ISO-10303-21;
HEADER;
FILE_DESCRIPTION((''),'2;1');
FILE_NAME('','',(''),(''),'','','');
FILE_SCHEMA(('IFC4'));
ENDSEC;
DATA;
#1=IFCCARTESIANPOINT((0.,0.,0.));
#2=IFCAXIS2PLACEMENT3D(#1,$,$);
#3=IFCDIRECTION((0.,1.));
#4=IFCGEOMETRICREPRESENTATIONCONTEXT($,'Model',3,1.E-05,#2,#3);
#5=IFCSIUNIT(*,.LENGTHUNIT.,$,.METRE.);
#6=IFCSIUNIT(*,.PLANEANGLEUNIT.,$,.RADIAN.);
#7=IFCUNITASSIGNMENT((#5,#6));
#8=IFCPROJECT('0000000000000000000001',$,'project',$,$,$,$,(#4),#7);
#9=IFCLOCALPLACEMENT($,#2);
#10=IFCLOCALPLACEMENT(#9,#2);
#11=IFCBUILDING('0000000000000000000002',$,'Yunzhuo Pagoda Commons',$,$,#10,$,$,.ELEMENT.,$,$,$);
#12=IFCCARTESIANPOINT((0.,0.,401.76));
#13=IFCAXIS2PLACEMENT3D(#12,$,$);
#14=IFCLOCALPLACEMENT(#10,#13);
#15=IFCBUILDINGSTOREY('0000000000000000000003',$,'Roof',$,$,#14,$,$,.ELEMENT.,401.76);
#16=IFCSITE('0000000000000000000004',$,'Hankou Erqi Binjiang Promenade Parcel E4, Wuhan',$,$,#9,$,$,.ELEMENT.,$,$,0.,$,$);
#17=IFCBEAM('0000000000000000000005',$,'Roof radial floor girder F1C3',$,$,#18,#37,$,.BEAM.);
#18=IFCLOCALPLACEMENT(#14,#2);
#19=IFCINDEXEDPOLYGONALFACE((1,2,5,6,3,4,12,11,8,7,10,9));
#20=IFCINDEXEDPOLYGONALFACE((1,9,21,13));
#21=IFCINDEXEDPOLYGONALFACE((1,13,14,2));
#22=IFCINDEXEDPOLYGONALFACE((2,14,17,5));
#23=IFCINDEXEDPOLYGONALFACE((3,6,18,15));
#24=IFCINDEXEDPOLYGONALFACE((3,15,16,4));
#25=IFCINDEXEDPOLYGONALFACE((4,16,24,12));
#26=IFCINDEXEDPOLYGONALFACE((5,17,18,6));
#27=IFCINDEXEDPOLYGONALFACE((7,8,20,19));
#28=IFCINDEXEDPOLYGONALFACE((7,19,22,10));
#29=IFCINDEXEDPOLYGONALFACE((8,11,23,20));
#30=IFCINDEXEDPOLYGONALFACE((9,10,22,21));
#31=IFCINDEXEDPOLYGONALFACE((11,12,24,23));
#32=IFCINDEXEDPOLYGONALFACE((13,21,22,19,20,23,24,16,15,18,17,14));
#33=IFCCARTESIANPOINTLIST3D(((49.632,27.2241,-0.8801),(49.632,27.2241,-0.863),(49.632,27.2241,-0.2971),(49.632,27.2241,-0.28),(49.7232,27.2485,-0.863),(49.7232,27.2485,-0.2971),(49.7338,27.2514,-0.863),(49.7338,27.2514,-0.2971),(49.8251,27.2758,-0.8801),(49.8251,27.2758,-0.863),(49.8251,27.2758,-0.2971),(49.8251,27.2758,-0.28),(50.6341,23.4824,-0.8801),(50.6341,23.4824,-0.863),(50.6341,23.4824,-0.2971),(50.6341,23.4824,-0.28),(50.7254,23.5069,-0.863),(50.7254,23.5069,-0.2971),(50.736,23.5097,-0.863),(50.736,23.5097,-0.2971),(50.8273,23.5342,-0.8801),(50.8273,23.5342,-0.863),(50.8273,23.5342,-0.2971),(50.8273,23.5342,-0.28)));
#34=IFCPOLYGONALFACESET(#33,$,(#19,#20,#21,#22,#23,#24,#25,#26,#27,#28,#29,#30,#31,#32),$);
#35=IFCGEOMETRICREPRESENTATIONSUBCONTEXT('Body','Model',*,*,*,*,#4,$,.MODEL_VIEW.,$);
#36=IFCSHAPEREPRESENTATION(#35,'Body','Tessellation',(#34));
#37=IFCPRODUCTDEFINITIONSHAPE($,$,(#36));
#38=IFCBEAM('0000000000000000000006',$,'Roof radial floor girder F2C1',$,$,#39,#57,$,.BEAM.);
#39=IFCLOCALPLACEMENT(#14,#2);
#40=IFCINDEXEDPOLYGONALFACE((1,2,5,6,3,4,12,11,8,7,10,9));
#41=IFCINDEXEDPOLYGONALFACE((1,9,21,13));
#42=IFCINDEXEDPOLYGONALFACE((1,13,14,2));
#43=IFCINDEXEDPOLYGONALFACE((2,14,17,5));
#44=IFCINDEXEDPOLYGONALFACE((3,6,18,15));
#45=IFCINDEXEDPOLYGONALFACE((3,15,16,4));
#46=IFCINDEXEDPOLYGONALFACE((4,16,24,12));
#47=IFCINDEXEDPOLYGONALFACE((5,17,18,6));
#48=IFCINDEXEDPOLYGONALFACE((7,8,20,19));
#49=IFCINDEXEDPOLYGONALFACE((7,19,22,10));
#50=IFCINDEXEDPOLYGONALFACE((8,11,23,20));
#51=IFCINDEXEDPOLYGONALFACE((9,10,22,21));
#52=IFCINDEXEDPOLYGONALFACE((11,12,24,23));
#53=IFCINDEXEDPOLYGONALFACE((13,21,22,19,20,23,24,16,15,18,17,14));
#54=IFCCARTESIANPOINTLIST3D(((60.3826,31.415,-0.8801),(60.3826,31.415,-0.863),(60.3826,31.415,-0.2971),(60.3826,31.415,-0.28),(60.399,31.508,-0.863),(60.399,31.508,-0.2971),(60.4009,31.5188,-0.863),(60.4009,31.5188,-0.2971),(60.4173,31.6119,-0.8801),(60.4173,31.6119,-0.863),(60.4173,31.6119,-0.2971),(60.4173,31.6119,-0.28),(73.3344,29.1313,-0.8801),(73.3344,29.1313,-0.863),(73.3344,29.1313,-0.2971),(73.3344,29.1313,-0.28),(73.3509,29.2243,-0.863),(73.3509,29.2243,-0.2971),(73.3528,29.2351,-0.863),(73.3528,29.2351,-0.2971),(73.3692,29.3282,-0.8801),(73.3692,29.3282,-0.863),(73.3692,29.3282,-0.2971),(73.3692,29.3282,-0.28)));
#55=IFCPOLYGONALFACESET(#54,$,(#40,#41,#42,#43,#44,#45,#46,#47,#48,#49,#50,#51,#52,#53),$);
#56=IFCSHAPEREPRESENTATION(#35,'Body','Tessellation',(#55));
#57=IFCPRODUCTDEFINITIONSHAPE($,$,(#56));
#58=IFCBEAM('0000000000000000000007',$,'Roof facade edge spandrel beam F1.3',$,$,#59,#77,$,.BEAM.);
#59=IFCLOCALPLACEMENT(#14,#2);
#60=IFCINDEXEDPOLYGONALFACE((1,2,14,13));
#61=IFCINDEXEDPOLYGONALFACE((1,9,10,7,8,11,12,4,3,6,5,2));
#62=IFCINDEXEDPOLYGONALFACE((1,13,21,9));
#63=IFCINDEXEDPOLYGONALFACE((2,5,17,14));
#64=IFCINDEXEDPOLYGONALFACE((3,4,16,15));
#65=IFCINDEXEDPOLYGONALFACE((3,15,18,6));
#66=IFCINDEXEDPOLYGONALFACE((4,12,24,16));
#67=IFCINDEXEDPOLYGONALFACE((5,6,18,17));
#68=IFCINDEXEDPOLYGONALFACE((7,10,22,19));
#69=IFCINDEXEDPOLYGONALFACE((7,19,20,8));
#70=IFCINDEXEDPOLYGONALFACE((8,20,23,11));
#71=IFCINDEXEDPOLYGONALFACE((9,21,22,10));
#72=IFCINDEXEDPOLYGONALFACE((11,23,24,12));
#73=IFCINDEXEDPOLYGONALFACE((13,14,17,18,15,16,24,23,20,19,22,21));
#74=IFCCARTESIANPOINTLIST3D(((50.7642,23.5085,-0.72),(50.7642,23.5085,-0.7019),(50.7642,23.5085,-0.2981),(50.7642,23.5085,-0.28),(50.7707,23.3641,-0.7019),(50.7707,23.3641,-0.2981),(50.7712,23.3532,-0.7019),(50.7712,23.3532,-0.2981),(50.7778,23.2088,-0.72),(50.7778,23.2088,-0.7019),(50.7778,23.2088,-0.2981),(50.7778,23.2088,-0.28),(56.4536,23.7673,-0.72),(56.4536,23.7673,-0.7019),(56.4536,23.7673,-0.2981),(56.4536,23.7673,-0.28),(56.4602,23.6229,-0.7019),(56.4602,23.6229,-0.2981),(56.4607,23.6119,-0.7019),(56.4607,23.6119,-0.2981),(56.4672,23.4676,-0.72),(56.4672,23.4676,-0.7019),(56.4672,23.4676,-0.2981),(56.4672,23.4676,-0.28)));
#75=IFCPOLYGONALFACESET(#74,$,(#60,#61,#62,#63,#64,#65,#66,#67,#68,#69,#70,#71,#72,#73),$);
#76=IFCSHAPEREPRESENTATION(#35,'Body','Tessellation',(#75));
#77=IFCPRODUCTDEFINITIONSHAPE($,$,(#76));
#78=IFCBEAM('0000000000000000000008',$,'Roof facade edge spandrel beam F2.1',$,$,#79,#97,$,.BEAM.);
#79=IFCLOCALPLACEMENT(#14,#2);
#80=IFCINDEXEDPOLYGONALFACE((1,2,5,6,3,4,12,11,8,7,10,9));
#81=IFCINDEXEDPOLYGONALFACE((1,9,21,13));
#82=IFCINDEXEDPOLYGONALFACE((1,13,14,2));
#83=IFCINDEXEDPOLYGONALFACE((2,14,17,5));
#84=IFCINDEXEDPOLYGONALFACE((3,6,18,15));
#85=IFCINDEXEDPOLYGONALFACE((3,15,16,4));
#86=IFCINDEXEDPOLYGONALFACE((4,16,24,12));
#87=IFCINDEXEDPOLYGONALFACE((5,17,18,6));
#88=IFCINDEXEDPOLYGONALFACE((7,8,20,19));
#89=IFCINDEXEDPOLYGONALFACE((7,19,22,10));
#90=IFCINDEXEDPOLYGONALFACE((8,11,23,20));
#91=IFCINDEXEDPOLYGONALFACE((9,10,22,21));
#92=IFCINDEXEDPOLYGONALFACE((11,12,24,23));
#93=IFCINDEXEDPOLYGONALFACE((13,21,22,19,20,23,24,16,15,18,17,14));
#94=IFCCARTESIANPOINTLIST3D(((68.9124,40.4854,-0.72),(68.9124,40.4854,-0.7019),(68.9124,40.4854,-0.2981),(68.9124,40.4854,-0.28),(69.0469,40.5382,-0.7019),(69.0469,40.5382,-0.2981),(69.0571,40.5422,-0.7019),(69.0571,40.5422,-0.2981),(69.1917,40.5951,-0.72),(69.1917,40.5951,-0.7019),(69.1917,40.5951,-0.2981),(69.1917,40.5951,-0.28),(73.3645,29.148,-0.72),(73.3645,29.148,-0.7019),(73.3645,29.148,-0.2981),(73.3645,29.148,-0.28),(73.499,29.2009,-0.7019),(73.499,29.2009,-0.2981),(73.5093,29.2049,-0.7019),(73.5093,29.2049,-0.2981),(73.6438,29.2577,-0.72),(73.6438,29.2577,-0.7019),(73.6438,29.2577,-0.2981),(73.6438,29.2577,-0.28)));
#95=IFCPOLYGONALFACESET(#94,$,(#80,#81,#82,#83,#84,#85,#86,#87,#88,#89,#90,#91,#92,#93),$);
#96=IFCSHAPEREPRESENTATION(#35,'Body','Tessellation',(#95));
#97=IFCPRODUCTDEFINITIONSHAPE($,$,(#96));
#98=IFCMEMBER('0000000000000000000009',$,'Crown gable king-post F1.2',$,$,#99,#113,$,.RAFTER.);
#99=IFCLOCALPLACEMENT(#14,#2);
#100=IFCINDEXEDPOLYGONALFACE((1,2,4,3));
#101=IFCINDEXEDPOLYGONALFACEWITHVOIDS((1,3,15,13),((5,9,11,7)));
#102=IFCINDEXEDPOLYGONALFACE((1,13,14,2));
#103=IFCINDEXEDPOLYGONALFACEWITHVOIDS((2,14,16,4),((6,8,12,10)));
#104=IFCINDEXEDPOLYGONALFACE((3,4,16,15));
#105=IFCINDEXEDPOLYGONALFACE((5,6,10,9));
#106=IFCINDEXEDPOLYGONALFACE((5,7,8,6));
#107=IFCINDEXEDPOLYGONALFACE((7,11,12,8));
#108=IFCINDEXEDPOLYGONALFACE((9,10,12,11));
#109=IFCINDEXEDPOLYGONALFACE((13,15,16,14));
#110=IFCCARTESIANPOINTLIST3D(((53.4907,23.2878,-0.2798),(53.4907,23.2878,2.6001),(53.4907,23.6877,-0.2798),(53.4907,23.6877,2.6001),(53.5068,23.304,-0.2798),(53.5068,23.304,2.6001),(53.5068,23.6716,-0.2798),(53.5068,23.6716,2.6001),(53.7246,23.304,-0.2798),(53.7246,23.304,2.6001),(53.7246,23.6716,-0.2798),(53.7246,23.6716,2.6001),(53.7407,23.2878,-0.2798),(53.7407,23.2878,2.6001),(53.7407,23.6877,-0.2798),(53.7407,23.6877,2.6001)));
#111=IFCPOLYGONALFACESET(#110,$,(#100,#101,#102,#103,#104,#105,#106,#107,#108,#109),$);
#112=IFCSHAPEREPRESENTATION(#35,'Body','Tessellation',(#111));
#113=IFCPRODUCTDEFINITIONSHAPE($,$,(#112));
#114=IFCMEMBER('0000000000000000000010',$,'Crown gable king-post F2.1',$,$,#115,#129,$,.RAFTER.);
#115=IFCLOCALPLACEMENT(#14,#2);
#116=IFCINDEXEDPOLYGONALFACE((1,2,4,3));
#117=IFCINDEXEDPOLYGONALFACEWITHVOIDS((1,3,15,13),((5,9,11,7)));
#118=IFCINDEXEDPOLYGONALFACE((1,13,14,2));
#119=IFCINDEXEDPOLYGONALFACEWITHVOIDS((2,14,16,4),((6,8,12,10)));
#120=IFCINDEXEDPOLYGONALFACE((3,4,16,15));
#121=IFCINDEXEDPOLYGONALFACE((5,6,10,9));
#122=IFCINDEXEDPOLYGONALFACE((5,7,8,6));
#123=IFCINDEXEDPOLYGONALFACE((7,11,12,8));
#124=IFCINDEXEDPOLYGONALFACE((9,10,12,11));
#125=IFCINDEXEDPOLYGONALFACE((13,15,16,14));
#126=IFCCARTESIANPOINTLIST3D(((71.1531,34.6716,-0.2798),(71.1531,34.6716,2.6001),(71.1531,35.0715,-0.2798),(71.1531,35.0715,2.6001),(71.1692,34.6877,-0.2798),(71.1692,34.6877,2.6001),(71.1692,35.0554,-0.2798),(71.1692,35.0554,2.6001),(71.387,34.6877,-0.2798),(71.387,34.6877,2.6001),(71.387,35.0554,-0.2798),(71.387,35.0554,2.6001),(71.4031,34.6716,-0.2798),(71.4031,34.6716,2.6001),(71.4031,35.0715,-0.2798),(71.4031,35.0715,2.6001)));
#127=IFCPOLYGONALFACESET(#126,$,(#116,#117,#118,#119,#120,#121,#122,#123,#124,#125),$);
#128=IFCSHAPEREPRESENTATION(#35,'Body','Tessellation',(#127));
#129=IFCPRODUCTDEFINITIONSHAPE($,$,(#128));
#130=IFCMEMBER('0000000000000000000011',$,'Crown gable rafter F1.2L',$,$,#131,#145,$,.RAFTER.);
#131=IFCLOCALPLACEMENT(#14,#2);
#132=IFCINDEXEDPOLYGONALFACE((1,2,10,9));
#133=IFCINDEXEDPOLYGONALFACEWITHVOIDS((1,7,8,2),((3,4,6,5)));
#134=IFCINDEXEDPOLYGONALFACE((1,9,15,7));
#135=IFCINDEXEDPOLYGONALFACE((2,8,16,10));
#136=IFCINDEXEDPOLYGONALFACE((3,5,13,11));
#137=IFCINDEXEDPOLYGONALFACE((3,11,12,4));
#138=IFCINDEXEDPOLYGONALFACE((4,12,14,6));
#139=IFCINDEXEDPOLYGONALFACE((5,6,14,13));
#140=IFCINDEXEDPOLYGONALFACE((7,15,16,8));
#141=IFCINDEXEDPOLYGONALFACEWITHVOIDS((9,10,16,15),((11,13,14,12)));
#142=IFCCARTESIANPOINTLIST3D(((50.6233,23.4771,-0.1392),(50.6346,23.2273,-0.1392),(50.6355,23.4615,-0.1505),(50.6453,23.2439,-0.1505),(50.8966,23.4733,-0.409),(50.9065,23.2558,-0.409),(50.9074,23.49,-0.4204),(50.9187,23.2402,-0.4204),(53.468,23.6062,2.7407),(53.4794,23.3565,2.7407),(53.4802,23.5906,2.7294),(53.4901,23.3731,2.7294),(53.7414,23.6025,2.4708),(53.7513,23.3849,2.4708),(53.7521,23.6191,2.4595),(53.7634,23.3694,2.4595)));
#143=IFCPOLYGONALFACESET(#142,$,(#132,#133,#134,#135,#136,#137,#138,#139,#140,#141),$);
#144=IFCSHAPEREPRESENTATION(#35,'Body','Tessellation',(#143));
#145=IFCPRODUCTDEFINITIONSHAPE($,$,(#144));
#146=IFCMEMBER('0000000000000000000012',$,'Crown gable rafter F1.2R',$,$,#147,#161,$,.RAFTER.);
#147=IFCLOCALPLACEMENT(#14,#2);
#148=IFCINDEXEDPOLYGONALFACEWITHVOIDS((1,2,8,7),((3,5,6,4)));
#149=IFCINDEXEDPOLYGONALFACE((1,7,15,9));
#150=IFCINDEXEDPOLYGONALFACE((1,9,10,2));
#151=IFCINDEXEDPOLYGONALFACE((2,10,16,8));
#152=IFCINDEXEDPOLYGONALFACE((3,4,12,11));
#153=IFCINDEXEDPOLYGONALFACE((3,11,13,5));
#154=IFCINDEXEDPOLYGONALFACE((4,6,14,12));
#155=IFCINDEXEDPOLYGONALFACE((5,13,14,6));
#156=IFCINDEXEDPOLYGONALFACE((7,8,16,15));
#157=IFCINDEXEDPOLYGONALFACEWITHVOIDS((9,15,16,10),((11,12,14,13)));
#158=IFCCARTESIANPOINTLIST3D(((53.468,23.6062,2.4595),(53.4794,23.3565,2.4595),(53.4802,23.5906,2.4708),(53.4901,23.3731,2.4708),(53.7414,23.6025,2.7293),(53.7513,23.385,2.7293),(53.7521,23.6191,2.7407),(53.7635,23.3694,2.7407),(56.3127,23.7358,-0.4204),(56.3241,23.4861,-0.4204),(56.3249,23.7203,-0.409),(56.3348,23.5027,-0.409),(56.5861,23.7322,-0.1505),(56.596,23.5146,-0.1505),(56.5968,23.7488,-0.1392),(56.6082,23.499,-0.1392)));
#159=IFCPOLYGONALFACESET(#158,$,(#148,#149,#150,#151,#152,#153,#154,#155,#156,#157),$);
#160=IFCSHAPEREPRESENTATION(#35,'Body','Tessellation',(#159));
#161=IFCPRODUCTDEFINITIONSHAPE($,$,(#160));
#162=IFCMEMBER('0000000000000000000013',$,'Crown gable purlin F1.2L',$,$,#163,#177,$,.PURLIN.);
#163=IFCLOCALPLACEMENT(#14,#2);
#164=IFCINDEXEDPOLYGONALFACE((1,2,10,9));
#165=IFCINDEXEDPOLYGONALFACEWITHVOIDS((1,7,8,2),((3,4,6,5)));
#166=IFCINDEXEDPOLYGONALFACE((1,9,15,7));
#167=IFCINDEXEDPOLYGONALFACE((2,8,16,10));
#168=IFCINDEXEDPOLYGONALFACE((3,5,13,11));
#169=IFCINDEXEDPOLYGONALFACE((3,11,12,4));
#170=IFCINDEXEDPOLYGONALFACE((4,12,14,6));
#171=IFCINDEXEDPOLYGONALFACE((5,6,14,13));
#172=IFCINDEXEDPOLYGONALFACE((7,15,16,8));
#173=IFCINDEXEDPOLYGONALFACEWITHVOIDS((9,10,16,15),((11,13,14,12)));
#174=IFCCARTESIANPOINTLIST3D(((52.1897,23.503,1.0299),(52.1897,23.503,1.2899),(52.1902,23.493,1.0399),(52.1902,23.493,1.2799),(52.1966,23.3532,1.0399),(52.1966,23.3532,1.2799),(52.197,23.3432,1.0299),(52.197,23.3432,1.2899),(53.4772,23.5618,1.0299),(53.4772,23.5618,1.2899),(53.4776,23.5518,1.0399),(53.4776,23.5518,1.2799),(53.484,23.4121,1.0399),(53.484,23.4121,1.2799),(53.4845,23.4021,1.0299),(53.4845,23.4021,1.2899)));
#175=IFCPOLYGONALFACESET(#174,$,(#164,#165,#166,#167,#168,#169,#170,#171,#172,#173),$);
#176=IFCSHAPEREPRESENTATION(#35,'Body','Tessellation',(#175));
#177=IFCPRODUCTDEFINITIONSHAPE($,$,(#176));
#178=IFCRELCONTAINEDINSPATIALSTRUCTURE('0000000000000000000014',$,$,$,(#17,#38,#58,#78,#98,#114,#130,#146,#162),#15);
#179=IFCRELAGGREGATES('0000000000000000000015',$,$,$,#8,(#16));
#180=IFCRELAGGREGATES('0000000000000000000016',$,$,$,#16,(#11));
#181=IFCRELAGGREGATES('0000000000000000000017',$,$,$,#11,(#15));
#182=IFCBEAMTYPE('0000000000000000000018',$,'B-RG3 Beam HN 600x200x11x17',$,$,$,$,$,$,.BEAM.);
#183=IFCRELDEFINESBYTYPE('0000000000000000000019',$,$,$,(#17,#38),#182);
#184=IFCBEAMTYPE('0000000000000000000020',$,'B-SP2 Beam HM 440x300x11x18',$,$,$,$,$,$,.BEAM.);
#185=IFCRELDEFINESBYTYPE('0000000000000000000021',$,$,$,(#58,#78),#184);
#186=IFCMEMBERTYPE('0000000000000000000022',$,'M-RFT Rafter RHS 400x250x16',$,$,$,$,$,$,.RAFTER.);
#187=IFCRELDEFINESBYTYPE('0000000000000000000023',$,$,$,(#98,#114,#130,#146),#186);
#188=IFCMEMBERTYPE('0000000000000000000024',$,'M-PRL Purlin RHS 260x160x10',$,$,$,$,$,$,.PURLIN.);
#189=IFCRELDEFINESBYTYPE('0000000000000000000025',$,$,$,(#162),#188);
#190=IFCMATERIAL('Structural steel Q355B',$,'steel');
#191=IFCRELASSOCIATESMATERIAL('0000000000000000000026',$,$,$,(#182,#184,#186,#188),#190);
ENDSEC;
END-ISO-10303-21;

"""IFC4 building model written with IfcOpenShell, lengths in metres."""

from ifc_helpers import new_model, si_unit, direction, frame, origin, origin_2d, place, context, subcontext, project, spatial, hollow_rectangle, i_section, extrude, source, transform, mapped, material, material_profile, profile_set, type_object, element, save


model = new_model("IFC4")

# Units and contexts
model_context = context("Model", 3, precision=1e-05, world=origin(), true_north=direction((0.0, 1.0)))
body_context = subcontext(model_context, "Body", "Model", "MODEL_VIEW")
ifc_project = project(units=[si_unit("LENGTHUNIT", "METRE"), si_unit("PLANEANGLEUNIT", "RADIAN")], contexts=[model_context])

# Site, building, storey
site_placement = place(None, origin())
site = spatial("IfcSite", under=ifc_project, at=site_placement, Name="Hankou Erqi Binjiang Promenade Parcel E4, Wuhan", CompositionType="ELEMENT", RefElevation=0.0)
building_placement = place(site_placement, origin())
building = spatial("IfcBuilding", under=site, at=building_placement, Name="Yunzhuo Pagoda Commons", CompositionType="ELEMENT")
storey_placement = place(building_placement, frame((0.0, 0.0, 401.76)))
storey = spatial("IfcBuildingStorey", under=building, at=storey_placement, Name="Roof", CompositionType="ELEMENT", Elevation=401.76)

# Beams
ifc_material_1 = material(Name="Structural steel Q355B", Category="steel")
ifc_material_profile_1 = material_profile(ifc_material_1, i_section(OverallWidth=0.2, OverallDepth=0.6001, WebThickness=0.011, FlangeThickness=0.0171, at=origin_2d()), Name="Structural steel Q355B")
ifc_profile_set_1 = profile_set([ifc_material_profile_1], Name="Structural steel Q355B")
beam_type_1 = type_object("IfcBeamType", Name="B-RG3 Beam HN 600x200x11x17", PredefinedType="BEAM", material=ifc_profile_set_1)
shared_shape_1 = source(origin(), body_context, "Body", "SweptSolid", [
    extrude(i_section(OverallWidth=0.2, OverallDepth=0.6001, WebThickness=0.011, FlangeThickness=0.0171, at=origin_2d()), origin(), (0.0, 0.0, 1.0), 3.8735),
])
beam_1_placement = place(storey_placement, frame((50.7307, 23.5083, -0.5801), z_axis=(-0.258726, 0.965951, 0.0), x_axis=(-0.965951, -0.258726, 0.0)))
element("IfcBeam", 1, at=beam_1_placement, inside=storey, type_object=beam_type_1, Name="Roof radial floor girder F1C3", PredefinedType="BEAM", context=body_context, shape_type="MappedRepresentation", body=[
    mapped(shared_shape_1, transform((0.0, 0.0, 0.0), scale=1.0)),
])
shared_shape_2 = source(origin(), body_context, "Body", "SweptSolid", [
    extrude(i_section(OverallWidth=0.2, OverallDepth=0.6001, WebThickness=0.011, FlangeThickness=0.0171, at=origin_2d()), origin(), (0.0, 0.0, 1.0), 13.1516),
])
beam_2_placement = place(storey_placement, frame((73.3518, 29.2297, -0.5801), z_axis=(-0.984809, 0.173642, 0.0), x_axis=(-0.173642, -0.984809, 0.0)))
element("IfcBeam", 2, at=beam_2_placement, inside=storey, type_object=beam_type_1, Name="Roof radial floor girder F2C1", PredefinedType="BEAM", context=body_context, shape_type="MappedRepresentation", body=[
    mapped(shared_shape_2, transform((0.0, 0.0, 0.0), scale=1.0)),
])
ifc_material_profile_2 = material_profile(ifc_material_1, i_section(OverallWidth=0.3, OverallDepth=0.4399, WebThickness=0.011, FlangeThickness=0.0181, at=origin_2d()), Name="Structural steel Q355B")
ifc_profile_set_2 = profile_set([ifc_material_profile_2], Name="Structural steel Q355B")
beam_type_2 = type_object("IfcBeamType", Name="B-SP2 Beam HM 440x300x11x18", PredefinedType="BEAM", material=ifc_profile_set_2)
shared_shape_3 = source(origin(), body_context, "Body", "SweptSolid", [
    extrude(i_section(OverallWidth=0.3, OverallDepth=0.4399, WebThickness=0.011, FlangeThickness=0.0181, at=origin_2d()), origin(), (0.0, 0.0, 1.0), 5.6953),
])
beam_3_placement = place(storey_placement, frame((50.771, 23.3586, -0.5), z_axis=(0.998967, 0.045439, 0.0), x_axis=(-0.045439, 0.998967, 0.0)))
element("IfcBeam", 3, at=beam_3_placement, inside=storey, type_object=beam_type_2, Name="Roof facade edge spandrel beam F1.3", PredefinedType="BEAM", context=body_context, shape_type="MappedRepresentation", body=[
    mapped(shared_shape_3, transform((0.0, 0.0, 0.0), scale=1.0)),
])
shared_shape_4 = source(origin(), body_context, "Body", "SweptSolid", [
    extrude(i_section(OverallWidth=0.3, OverallDepth=0.4399, WebThickness=0.011, FlangeThickness=0.0181, at=origin_2d()), origin(), (0.0, 0.0, 1.0), 12.1802),
])
beam_4_placement = place(storey_placement, frame((73.5042, 29.2029, -0.5), z_axis=(-0.365522, 0.930803, 0.0), x_axis=(-0.930803, -0.365522, 0.0)))
element("IfcBeam", 4, at=beam_4_placement, inside=storey, type_object=beam_type_2, Name="Roof facade edge spandrel beam F2.1", PredefinedType="BEAM", context=body_context, shape_type="MappedRepresentation", body=[
    mapped(shared_shape_4, transform((0.0, 0.0, 0.0), scale=1.0)),
])

# Members
ifc_material_profile_3 = material_profile(ifc_material_1, hollow_rectangle(XDim=0.25, YDim=0.3999, WallThickness=0.0161, at=origin_2d()), Name="Structural steel Q355B")
ifc_profile_set_3 = profile_set([ifc_material_profile_3], Name="Structural steel Q355B")
member_type_1 = type_object("IfcMemberType", Name="M-RFT Rafter RHS 400x250x16", PredefinedType="RAFTER", material=ifc_profile_set_3)
shared_shape_5 = source(origin(), body_context, "Body", "SweptSolid", [
    extrude(hollow_rectangle(XDim=0.25, YDim=0.3999, WallThickness=0.0161, at=origin_2d()), origin(), (0.0, 0.0, 1.0), 2.8799),
])
for number, where, z_axis, x_axis, name in (
    (5, (53.6157, 23.4878, -0.2798), (0.0, 0.0, 1.0), (1.0, 0.0, 0.0), "Crown gable king-post F1.2"),
    (6, (71.2781, 34.8716, -0.2798), (0.0, 0.0, 1.0), (1.0, 0.0, 0.0), "Crown gable king-post F2.1"),
):
    element("IfcMember", number, at=place(storey_placement, frame(where, z_axis=z_axis, x_axis=x_axis)), inside=storey, type_object=member_type_1, Name=name, PredefinedType="RAFTER", context=body_context, shape_type="MappedRepresentation", body=[
        mapped(shared_shape_5, transform((0.0, 0.0, 0.0), scale=1.0)),
    ])
shared_shape_6 = source(origin(), body_context, "Body", "SweptSolid", [
    extrude(hollow_rectangle(XDim=0.25, YDim=0.3999, WallThickness=0.0161, at=origin_2d()), origin(), (0.0, 0.0, 1.0), 4.05),
])
for number, where, z_axis, x_axis, name in (
    (7, (50.771, 23.3586, -0.2798), (0.702394, 0.031889, 0.711074), (-0.045353, 0.998971, 0.0), "Crown gable rafter F1.2L"),
    (8, (56.4604, 23.6174, -0.2798), (-0.702391, -0.032009, 0.711071), (0.045524, -0.998963, 0.0), "Crown gable rafter F1.2R"),
):
    element("IfcMember", number, at=place(storey_placement, frame(where, z_axis=z_axis, x_axis=x_axis)), inside=storey, type_object=member_type_1, Name=name, PredefinedType="RAFTER", context=body_context, shape_type="MappedRepresentation", body=[
        mapped(shared_shape_6, transform((0.0, 0.0, 0.0), scale=1.0)),
    ])
ifc_material_profile_4 = material_profile(ifc_material_1, hollow_rectangle(XDim=0.1599, YDim=0.26, WallThickness=0.01, at=origin_2d()), Name="Structural steel Q355B")
ifc_profile_set_4 = profile_set([ifc_material_profile_4], Name="Structural steel Q355B")
member_type_2 = type_object("IfcMemberType", Name="M-PRL Purlin RHS 260x160x10", PredefinedType="PURLIN", material=ifc_profile_set_4)
shared_shape_7 = source(origin(), body_context, "Body", "SweptSolid", [
    extrude(hollow_rectangle(XDim=0.1599, YDim=0.26, WallThickness=0.01, at=origin_2d()), origin(), (0.0, 0.0, 1.0), 1.2888),
])
for number, where, z_axis, x_axis, name in (
    (9, (52.1934, 23.4231, 1.1599), (0.998957, 0.045657, 0.0), (-0.045657, 0.998957, 0.0), "Crown gable purlin F1.2L"),
):
    element("IfcMember", number, at=place(storey_placement, frame(where, z_axis=z_axis, x_axis=x_axis)), inside=storey, type_object=member_type_2, Name=name, PredefinedType="PURLIN", context=body_context, shape_type="MappedRepresentation", body=[
        mapped(shared_shape_7, transform((0.0, 0.0, 0.0), scale=1.0)),
    ])

save(model, "model.ifc")
